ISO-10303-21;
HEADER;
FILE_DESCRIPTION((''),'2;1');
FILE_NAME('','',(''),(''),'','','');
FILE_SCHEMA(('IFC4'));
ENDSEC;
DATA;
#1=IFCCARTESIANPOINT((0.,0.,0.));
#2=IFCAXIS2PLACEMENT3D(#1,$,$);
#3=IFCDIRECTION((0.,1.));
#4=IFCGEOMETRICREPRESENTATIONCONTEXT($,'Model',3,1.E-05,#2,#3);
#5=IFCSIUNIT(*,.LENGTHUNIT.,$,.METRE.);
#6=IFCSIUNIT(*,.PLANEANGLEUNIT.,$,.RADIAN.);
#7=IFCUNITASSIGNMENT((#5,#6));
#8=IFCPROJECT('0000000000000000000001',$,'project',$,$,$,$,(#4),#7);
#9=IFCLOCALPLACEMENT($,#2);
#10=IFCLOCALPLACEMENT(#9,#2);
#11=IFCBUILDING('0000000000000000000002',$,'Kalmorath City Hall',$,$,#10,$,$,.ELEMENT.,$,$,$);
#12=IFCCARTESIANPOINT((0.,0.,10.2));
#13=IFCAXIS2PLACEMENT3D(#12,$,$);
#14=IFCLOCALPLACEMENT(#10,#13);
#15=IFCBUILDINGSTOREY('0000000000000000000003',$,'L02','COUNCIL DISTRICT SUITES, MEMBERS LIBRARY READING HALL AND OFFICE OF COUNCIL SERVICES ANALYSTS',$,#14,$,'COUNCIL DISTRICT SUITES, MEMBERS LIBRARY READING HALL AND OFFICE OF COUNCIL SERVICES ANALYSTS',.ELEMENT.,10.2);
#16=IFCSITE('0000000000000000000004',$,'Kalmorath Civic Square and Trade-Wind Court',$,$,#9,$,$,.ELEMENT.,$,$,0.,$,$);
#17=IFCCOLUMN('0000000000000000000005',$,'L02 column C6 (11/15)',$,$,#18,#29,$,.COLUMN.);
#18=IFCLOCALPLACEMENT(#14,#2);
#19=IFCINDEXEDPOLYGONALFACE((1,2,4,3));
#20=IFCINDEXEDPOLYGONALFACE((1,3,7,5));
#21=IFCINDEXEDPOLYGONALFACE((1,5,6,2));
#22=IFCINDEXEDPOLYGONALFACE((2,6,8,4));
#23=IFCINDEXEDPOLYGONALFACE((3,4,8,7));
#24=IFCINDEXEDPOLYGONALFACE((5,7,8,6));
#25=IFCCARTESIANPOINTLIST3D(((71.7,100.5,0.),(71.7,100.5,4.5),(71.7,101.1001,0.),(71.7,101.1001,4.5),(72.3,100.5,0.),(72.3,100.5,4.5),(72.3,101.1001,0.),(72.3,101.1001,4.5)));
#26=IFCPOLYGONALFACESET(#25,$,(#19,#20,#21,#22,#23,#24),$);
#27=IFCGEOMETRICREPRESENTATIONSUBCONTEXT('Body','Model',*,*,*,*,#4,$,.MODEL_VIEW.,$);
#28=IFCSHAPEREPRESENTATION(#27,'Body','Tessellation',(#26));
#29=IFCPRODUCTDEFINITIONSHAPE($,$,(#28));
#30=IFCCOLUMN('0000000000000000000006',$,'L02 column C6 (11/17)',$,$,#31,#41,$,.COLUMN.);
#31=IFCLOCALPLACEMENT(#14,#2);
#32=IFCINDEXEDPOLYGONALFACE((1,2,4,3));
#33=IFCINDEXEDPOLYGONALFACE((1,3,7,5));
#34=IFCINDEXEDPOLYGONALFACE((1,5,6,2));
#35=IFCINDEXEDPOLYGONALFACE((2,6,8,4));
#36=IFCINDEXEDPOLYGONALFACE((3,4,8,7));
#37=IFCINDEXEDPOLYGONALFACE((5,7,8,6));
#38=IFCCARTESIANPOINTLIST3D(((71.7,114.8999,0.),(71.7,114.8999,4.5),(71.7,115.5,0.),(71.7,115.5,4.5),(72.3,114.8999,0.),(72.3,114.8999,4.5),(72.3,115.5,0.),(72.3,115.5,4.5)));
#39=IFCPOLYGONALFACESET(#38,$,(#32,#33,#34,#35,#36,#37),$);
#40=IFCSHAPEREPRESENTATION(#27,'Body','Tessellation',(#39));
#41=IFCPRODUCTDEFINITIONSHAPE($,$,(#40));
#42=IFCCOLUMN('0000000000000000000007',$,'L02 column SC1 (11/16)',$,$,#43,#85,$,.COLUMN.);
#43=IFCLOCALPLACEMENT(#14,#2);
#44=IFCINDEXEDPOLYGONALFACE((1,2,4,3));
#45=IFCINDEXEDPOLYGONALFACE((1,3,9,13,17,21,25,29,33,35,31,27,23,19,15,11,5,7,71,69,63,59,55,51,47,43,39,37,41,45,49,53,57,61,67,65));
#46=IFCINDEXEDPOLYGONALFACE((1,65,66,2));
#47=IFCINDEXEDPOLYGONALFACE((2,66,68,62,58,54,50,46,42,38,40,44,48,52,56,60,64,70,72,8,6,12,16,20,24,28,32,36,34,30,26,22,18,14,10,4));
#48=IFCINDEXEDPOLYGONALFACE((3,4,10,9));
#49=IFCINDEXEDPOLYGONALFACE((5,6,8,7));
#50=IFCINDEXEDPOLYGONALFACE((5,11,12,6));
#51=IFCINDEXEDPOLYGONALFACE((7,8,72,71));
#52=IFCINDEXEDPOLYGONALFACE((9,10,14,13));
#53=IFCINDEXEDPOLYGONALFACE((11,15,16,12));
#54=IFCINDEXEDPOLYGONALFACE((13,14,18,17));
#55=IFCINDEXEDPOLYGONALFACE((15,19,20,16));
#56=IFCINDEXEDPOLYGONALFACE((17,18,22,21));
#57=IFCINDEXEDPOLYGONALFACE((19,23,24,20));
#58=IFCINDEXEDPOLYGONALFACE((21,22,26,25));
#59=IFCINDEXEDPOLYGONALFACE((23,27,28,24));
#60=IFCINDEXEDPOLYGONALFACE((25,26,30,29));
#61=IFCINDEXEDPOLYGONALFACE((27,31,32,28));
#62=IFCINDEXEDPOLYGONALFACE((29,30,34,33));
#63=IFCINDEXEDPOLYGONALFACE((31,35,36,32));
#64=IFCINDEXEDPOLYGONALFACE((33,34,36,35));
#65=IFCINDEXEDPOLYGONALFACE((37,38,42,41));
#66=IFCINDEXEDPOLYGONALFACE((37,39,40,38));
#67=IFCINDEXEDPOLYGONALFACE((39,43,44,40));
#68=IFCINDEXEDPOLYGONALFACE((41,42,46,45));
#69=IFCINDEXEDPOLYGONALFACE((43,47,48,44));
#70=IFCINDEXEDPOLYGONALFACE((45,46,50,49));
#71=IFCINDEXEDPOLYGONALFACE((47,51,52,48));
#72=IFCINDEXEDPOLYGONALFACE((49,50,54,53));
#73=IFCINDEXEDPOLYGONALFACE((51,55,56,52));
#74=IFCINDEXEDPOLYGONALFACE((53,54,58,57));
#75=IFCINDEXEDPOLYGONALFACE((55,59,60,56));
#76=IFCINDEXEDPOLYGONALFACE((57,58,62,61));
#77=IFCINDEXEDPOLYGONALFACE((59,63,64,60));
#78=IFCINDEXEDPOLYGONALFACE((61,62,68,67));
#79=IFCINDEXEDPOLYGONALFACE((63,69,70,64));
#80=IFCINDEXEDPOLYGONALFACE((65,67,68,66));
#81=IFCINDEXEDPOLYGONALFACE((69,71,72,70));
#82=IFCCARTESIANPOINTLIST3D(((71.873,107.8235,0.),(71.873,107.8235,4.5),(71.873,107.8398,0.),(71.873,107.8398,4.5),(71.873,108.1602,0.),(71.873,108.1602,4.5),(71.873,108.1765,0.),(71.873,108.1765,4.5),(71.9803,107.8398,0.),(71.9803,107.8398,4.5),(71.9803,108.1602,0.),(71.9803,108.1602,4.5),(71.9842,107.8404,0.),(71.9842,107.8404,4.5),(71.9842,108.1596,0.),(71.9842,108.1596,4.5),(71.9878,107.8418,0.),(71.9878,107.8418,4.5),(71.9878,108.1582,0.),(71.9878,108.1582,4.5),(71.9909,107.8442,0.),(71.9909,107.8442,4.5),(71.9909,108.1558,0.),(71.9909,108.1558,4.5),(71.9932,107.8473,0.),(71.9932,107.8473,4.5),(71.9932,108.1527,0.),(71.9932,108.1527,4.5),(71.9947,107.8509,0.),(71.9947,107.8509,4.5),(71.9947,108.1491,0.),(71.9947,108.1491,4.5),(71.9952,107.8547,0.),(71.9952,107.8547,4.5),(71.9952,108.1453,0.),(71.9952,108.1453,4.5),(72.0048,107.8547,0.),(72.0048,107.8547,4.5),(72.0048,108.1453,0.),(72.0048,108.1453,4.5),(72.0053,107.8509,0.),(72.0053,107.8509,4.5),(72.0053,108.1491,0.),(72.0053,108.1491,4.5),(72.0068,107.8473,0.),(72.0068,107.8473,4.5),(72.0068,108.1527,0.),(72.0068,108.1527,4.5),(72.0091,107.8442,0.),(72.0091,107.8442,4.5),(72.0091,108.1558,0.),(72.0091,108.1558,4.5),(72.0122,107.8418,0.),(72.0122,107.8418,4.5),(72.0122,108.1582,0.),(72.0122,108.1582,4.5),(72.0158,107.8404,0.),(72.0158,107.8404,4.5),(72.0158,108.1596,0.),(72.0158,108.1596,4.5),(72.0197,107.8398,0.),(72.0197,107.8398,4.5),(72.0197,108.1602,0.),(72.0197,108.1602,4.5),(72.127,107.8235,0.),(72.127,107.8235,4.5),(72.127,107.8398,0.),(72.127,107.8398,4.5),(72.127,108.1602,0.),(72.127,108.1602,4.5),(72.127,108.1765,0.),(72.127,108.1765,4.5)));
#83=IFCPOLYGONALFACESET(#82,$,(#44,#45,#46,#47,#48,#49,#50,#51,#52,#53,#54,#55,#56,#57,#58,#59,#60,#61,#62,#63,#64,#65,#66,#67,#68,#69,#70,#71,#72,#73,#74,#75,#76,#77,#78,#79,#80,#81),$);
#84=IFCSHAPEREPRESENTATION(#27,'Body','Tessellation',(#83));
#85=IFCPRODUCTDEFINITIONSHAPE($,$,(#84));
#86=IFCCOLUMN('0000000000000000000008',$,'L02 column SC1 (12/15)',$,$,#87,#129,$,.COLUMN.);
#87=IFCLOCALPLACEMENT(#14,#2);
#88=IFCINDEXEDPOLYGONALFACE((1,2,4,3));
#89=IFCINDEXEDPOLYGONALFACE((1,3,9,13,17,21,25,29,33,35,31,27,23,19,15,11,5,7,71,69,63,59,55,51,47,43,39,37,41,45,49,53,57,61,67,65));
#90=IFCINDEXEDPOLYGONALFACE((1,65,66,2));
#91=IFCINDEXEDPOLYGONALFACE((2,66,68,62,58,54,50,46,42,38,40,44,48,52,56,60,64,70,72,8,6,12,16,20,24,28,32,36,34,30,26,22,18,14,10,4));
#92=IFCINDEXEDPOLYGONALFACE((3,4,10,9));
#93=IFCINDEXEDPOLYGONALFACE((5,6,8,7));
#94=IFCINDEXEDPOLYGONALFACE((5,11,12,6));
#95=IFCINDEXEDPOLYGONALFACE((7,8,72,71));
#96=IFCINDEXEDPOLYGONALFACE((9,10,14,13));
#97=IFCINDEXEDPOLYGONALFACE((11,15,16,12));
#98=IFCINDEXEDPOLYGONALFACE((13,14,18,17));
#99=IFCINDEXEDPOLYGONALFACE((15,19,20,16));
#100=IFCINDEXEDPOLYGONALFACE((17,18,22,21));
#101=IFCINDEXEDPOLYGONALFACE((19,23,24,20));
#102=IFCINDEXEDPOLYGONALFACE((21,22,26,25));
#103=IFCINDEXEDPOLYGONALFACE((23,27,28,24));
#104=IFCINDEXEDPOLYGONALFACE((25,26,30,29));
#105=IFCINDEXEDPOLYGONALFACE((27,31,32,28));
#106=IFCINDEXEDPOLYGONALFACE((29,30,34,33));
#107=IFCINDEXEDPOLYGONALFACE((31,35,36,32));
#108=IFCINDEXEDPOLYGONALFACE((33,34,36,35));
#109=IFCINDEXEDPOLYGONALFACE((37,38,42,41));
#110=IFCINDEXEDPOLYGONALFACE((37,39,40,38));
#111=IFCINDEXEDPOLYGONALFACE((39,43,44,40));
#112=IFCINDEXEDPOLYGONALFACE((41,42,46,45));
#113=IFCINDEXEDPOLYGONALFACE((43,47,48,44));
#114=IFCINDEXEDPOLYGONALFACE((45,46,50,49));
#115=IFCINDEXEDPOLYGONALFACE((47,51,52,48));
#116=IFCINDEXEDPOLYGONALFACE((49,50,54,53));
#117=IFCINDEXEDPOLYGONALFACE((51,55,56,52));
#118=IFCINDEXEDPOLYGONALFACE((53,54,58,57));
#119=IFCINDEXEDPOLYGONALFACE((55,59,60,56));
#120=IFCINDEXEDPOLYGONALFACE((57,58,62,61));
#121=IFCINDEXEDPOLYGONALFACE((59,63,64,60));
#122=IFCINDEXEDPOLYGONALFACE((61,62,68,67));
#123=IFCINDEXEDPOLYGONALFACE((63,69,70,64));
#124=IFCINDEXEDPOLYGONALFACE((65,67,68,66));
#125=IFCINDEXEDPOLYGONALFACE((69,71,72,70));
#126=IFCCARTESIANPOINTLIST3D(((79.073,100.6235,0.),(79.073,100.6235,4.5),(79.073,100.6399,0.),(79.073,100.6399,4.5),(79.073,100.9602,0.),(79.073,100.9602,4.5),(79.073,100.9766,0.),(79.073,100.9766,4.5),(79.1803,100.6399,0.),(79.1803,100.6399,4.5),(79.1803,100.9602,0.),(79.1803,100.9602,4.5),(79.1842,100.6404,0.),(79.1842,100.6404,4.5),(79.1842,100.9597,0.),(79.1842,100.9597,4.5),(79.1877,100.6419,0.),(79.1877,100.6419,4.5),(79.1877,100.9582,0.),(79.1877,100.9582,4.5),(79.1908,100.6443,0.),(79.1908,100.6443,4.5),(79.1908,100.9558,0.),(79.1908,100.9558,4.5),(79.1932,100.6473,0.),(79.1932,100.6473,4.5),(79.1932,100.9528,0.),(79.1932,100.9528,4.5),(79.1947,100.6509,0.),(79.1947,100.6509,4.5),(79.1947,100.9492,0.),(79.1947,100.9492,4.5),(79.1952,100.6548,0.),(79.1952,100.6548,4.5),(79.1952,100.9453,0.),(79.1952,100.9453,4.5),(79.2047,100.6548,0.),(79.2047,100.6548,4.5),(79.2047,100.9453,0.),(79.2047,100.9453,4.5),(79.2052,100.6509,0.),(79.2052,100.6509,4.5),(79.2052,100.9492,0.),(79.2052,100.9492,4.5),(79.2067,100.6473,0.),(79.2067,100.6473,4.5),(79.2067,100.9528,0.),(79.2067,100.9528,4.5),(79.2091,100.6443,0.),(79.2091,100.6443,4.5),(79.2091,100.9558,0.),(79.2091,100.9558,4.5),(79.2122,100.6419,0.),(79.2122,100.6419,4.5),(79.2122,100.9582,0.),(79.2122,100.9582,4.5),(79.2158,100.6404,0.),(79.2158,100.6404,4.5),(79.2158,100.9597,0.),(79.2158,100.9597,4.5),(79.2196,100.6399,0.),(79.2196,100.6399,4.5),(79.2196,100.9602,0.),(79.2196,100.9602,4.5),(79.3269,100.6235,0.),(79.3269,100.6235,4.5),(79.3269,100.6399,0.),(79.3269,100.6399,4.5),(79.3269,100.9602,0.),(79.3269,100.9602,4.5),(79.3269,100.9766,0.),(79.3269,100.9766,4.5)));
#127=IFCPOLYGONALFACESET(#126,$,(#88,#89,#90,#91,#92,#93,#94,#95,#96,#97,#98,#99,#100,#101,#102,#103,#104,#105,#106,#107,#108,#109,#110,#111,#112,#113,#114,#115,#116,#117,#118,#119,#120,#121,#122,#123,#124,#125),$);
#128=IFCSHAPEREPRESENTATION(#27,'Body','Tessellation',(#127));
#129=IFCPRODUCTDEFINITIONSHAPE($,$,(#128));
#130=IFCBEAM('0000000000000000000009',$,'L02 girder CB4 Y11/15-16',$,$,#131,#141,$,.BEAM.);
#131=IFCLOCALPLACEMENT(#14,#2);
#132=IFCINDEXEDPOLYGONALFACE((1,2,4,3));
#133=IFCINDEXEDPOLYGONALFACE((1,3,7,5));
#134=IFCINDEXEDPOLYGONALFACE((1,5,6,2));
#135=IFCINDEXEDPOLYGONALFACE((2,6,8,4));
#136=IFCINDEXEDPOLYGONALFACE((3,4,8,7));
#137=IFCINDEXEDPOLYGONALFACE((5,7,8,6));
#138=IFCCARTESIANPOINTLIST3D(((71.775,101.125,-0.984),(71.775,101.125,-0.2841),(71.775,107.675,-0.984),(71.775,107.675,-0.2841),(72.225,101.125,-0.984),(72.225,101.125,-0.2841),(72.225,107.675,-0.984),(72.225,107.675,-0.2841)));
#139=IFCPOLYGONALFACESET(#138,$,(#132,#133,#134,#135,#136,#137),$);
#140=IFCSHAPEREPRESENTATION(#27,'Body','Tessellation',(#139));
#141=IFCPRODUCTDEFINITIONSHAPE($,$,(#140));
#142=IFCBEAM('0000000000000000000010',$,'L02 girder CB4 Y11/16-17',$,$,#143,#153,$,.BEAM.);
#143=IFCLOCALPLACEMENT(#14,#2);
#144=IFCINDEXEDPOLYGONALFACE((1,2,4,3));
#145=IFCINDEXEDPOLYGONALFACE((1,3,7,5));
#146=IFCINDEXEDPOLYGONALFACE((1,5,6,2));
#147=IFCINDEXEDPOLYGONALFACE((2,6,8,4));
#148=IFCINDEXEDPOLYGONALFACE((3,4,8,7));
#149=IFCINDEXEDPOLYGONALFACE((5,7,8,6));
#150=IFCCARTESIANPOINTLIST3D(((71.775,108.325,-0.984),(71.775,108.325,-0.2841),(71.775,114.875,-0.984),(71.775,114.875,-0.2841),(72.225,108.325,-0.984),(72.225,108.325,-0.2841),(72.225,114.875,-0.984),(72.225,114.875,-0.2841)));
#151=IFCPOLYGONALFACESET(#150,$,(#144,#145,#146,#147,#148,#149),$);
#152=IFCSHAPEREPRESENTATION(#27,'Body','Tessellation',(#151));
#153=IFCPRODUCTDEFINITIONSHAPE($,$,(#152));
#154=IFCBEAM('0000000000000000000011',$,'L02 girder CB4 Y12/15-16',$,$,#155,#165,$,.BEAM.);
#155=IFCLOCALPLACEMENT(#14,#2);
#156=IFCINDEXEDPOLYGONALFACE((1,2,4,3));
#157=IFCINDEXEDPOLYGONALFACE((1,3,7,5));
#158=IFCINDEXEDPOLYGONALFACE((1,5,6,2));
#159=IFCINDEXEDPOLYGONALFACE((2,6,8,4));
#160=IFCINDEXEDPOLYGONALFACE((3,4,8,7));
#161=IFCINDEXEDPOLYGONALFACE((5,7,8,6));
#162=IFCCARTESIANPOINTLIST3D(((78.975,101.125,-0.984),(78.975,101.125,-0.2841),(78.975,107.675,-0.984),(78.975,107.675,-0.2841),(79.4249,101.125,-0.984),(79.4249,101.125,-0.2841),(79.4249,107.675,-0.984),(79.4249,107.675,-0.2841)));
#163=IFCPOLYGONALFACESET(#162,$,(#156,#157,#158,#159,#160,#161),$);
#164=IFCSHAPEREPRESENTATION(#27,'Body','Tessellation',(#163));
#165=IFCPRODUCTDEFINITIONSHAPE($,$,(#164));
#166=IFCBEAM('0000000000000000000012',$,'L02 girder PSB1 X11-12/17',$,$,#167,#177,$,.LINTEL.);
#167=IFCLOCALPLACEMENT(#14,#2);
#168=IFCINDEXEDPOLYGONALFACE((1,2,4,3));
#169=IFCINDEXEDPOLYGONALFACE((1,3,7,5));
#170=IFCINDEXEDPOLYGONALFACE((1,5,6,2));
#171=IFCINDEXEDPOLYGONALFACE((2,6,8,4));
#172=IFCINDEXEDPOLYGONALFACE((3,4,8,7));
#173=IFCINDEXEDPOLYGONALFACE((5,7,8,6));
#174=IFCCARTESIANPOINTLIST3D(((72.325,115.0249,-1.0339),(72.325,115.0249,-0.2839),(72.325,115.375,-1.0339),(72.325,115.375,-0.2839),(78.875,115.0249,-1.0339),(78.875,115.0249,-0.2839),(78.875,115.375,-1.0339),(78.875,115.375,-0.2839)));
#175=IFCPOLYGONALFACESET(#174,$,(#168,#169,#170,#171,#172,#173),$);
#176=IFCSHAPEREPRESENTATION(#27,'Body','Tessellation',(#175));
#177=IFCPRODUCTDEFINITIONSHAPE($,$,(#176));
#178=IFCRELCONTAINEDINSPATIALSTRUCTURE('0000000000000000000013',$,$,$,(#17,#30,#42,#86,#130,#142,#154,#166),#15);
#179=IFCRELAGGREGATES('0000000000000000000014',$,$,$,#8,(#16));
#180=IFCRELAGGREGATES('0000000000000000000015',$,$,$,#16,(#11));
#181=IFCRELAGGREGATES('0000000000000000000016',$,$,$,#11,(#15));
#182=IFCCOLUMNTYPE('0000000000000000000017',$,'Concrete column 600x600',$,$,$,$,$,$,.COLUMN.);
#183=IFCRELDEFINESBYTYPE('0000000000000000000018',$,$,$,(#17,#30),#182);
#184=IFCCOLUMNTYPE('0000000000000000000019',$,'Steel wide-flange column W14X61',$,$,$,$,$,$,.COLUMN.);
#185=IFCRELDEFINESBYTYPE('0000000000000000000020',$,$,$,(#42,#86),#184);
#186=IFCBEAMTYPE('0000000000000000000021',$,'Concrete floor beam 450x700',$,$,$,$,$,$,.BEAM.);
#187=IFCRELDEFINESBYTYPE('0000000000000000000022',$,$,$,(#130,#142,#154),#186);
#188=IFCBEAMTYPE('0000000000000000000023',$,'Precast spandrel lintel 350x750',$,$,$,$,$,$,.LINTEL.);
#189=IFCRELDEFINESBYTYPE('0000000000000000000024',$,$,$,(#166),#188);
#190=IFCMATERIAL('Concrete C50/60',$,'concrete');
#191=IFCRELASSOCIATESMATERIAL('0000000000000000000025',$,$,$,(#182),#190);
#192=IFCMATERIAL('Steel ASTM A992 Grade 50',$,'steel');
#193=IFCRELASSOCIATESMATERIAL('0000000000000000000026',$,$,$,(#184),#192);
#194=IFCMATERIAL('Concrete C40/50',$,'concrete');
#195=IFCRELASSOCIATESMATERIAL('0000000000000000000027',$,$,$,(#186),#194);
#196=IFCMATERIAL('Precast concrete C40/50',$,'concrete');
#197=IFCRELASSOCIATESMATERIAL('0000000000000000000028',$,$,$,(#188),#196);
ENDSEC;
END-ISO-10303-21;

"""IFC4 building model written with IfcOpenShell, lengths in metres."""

from ifc_helpers import new_model, si_unit, direction, frame, origin, origin_2d, place, context, subcontext, project, spatial, rectangle, i_section, extrude, material, material_profile, profile_set, type_object, element, save


model = new_model("IFC4")

# Units and contexts
model_context = context("Model", 3, precision=1e-05, world=origin(), true_north=direction((0.0, 1.0)))
body_context = subcontext(model_context, "Body", "Model", "MODEL_VIEW")
ifc_project = project(units=[si_unit("LENGTHUNIT", "METRE"), si_unit("PLANEANGLEUNIT", "RADIAN")], contexts=[model_context])

# Site, building, storey
site_placement = place(None, origin())
site = spatial("IfcSite", under=ifc_project, at=site_placement, Name="Kalmorath Civic Square and Trade-Wind Court", CompositionType="ELEMENT", RefElevation=0.0)
building_placement = place(site_placement, origin())
building = spatial("IfcBuilding", under=site, at=building_placement, Name="Kalmorath City Hall", CompositionType="ELEMENT")
storey_placement = place(building_placement, frame((0.0, 0.0, 10.2)))
storey = spatial("IfcBuildingStorey", under=building, at=storey_placement, Name="L02", Description="COUNCIL DISTRICT SUITES, MEMBERS LIBRARY READING HALL AND OFFICE OF COUNCIL SERVICES ANALYSTS", LongName="COUNCIL DISTRICT SUITES, MEMBERS LIBRARY READING HALL AND OFFICE OF COUNCIL SERVICES ANALYSTS", CompositionType="ELEMENT", Elevation=10.2)

# Columns
ifc_material_1 = material(Name="Concrete C50/60", Category="concrete")
ifc_material_profile_1 = material_profile(ifc_material_1, rectangle(XDim=0.6001, YDim=0.6001, at=origin_2d()), Name="RC-COL-600X600")
ifc_profile_set_1 = profile_set([ifc_material_profile_1], Name="Concrete C50/60")
column_type_1 = type_object("IfcColumnType", Name="Concrete column 600x600", PredefinedType="COLUMN", material=ifc_profile_set_1)
for number, where, z_axis, x_axis, name in (
    (1, (72.0, 100.8, 0.0), (0.0, 0.0, 1.0), (1.0, 0.0, 0.0), "L02 column C6 (11/15)"),
    (2, (72.0, 115.2, 0.0), (0.0, 0.0, 1.0), (1.0, 0.0, 0.0), "L02 column C6 (11/17)"),
):
    element("IfcColumn", number, at=place(storey_placement, frame(where, z_axis=z_axis, x_axis=x_axis)), inside=storey, type_object=column_type_1, Name=name, PredefinedType="COLUMN", context=body_context, shape_type="SweptSolid", body=[
        extrude(rectangle(XDim=0.6001, YDim=0.6001, at=origin_2d()), origin(), (0.0, 0.0, 1.0), 4.5),
    ])
ifc_material_2 = material(Name="Steel ASTM A992 Grade 50", Category="steel")
ifc_material_profile_2 = material_profile(ifc_material_2, i_section(OverallWidth=0.2539, OverallDepth=0.353, WebThickness=0.0095, FlangeThickness=0.0164, FilletRadius=0.0149, at=origin_2d()), Name="W14X61")
ifc_profile_set_2 = profile_set([ifc_material_profile_2], Name="Steel ASTM A992 Grade 50")
column_type_2 = type_object("IfcColumnType", Name="Steel wide-flange column W14X61", PredefinedType="COLUMN", material=ifc_profile_set_2)
for number, where, z_axis, x_axis, name in (
    (3, (72.0, 108.0, 0.0), (0.0, 0.0, 1.0), (1.0, 0.0, 0.0), "L02 column SC1 (11/16)"),
    (4, (79.2, 100.8, 0.0), (0.0, 0.0, 1.0), (1.0, 0.0, 0.0), "L02 column SC1 (12/15)"),
):
    element("IfcColumn", number, at=place(storey_placement, frame(where, z_axis=z_axis, x_axis=x_axis)), inside=storey, type_object=column_type_2, Name=name, PredefinedType="COLUMN", context=body_context, shape_type="SweptSolid", body=[
        extrude(i_section(OverallWidth=0.2539, OverallDepth=0.353, WebThickness=0.0095, FlangeThickness=0.0164, FilletRadius=0.0149, at=origin_2d()), origin(), (0.0, 0.0, 1.0), 4.5),
    ])

# Beams
ifc_material_3 = material(Name="Concrete C40/50", Category="concrete")
ifc_material_profile_3 = material_profile(ifc_material_3, rectangle(XDim=0.45, YDim=0.7, at=origin_2d()), Name="RC-BM-450X700")
ifc_profile_set_3 = profile_set([ifc_material_profile_3], Name="Concrete C40/50")
beam_type_1 = type_object("IfcBeamType", Name="Concrete floor beam 450x700", PredefinedType="BEAM", material=ifc_profile_set_3)
for number, where, z_axis, x_axis, name in (
    (5, (72.0, 101.125, -0.634), (0.0, 1.0, 0.0), (-1.0, 0.0, 0.0), "L02 girder CB4 Y11/15-16"),
    (6, (72.0, 108.325, -0.634), (0.0, 1.0, 0.0), (-1.0, 0.0, 0.0), "L02 girder CB4 Y11/16-17"),
    (7, (79.2, 101.125, -0.634), (0.0, 1.0, 0.0), (-1.0, 0.0, 0.0), "L02 girder CB4 Y12/15-16"),
):
    element("IfcBeam", number, at=place(storey_placement, frame(where, z_axis=z_axis, x_axis=x_axis)), inside=storey, type_object=beam_type_1, Name=name, PredefinedType="BEAM", context=body_context, shape_type="SweptSolid", body=[
        extrude(rectangle(XDim=0.45, YDim=0.7, at=origin_2d()), origin(), (0.0, 0.0, 1.0), 6.55),
    ])
ifc_material_4 = material(Name="Precast concrete C40/50", Category="concrete")
ifc_material_profile_4 = material_profile(ifc_material_4, rectangle(XDim=0.3501, YDim=0.75, at=origin_2d()), Name="PC-SP-350X750")
ifc_profile_set_4 = profile_set([ifc_material_profile_4], Name="Precast concrete C40/50")
beam_type_2 = type_object("IfcBeamType", Name="Precast spandrel lintel 350x750", PredefinedType="LINTEL", material=ifc_profile_set_4)
beam_placement = place(storey_placement, frame((72.325, 115.2, -0.6589), z_axis=(1.0, 0.0, 0.0), x_axis=(0.0, 1.0, 0.0)))
element("IfcBeam", 8, at=beam_placement, inside=storey, type_object=beam_type_2, Name="L02 girder PSB1 X11-12/17", PredefinedType="LINTEL", context=body_context, shape_type="SweptSolid", body=[
    extrude(rectangle(XDim=0.3501, YDim=0.75, at=origin_2d()), origin(), (0.0, 0.0, 1.0), 6.55),
])

save(model, "model.ifc")
